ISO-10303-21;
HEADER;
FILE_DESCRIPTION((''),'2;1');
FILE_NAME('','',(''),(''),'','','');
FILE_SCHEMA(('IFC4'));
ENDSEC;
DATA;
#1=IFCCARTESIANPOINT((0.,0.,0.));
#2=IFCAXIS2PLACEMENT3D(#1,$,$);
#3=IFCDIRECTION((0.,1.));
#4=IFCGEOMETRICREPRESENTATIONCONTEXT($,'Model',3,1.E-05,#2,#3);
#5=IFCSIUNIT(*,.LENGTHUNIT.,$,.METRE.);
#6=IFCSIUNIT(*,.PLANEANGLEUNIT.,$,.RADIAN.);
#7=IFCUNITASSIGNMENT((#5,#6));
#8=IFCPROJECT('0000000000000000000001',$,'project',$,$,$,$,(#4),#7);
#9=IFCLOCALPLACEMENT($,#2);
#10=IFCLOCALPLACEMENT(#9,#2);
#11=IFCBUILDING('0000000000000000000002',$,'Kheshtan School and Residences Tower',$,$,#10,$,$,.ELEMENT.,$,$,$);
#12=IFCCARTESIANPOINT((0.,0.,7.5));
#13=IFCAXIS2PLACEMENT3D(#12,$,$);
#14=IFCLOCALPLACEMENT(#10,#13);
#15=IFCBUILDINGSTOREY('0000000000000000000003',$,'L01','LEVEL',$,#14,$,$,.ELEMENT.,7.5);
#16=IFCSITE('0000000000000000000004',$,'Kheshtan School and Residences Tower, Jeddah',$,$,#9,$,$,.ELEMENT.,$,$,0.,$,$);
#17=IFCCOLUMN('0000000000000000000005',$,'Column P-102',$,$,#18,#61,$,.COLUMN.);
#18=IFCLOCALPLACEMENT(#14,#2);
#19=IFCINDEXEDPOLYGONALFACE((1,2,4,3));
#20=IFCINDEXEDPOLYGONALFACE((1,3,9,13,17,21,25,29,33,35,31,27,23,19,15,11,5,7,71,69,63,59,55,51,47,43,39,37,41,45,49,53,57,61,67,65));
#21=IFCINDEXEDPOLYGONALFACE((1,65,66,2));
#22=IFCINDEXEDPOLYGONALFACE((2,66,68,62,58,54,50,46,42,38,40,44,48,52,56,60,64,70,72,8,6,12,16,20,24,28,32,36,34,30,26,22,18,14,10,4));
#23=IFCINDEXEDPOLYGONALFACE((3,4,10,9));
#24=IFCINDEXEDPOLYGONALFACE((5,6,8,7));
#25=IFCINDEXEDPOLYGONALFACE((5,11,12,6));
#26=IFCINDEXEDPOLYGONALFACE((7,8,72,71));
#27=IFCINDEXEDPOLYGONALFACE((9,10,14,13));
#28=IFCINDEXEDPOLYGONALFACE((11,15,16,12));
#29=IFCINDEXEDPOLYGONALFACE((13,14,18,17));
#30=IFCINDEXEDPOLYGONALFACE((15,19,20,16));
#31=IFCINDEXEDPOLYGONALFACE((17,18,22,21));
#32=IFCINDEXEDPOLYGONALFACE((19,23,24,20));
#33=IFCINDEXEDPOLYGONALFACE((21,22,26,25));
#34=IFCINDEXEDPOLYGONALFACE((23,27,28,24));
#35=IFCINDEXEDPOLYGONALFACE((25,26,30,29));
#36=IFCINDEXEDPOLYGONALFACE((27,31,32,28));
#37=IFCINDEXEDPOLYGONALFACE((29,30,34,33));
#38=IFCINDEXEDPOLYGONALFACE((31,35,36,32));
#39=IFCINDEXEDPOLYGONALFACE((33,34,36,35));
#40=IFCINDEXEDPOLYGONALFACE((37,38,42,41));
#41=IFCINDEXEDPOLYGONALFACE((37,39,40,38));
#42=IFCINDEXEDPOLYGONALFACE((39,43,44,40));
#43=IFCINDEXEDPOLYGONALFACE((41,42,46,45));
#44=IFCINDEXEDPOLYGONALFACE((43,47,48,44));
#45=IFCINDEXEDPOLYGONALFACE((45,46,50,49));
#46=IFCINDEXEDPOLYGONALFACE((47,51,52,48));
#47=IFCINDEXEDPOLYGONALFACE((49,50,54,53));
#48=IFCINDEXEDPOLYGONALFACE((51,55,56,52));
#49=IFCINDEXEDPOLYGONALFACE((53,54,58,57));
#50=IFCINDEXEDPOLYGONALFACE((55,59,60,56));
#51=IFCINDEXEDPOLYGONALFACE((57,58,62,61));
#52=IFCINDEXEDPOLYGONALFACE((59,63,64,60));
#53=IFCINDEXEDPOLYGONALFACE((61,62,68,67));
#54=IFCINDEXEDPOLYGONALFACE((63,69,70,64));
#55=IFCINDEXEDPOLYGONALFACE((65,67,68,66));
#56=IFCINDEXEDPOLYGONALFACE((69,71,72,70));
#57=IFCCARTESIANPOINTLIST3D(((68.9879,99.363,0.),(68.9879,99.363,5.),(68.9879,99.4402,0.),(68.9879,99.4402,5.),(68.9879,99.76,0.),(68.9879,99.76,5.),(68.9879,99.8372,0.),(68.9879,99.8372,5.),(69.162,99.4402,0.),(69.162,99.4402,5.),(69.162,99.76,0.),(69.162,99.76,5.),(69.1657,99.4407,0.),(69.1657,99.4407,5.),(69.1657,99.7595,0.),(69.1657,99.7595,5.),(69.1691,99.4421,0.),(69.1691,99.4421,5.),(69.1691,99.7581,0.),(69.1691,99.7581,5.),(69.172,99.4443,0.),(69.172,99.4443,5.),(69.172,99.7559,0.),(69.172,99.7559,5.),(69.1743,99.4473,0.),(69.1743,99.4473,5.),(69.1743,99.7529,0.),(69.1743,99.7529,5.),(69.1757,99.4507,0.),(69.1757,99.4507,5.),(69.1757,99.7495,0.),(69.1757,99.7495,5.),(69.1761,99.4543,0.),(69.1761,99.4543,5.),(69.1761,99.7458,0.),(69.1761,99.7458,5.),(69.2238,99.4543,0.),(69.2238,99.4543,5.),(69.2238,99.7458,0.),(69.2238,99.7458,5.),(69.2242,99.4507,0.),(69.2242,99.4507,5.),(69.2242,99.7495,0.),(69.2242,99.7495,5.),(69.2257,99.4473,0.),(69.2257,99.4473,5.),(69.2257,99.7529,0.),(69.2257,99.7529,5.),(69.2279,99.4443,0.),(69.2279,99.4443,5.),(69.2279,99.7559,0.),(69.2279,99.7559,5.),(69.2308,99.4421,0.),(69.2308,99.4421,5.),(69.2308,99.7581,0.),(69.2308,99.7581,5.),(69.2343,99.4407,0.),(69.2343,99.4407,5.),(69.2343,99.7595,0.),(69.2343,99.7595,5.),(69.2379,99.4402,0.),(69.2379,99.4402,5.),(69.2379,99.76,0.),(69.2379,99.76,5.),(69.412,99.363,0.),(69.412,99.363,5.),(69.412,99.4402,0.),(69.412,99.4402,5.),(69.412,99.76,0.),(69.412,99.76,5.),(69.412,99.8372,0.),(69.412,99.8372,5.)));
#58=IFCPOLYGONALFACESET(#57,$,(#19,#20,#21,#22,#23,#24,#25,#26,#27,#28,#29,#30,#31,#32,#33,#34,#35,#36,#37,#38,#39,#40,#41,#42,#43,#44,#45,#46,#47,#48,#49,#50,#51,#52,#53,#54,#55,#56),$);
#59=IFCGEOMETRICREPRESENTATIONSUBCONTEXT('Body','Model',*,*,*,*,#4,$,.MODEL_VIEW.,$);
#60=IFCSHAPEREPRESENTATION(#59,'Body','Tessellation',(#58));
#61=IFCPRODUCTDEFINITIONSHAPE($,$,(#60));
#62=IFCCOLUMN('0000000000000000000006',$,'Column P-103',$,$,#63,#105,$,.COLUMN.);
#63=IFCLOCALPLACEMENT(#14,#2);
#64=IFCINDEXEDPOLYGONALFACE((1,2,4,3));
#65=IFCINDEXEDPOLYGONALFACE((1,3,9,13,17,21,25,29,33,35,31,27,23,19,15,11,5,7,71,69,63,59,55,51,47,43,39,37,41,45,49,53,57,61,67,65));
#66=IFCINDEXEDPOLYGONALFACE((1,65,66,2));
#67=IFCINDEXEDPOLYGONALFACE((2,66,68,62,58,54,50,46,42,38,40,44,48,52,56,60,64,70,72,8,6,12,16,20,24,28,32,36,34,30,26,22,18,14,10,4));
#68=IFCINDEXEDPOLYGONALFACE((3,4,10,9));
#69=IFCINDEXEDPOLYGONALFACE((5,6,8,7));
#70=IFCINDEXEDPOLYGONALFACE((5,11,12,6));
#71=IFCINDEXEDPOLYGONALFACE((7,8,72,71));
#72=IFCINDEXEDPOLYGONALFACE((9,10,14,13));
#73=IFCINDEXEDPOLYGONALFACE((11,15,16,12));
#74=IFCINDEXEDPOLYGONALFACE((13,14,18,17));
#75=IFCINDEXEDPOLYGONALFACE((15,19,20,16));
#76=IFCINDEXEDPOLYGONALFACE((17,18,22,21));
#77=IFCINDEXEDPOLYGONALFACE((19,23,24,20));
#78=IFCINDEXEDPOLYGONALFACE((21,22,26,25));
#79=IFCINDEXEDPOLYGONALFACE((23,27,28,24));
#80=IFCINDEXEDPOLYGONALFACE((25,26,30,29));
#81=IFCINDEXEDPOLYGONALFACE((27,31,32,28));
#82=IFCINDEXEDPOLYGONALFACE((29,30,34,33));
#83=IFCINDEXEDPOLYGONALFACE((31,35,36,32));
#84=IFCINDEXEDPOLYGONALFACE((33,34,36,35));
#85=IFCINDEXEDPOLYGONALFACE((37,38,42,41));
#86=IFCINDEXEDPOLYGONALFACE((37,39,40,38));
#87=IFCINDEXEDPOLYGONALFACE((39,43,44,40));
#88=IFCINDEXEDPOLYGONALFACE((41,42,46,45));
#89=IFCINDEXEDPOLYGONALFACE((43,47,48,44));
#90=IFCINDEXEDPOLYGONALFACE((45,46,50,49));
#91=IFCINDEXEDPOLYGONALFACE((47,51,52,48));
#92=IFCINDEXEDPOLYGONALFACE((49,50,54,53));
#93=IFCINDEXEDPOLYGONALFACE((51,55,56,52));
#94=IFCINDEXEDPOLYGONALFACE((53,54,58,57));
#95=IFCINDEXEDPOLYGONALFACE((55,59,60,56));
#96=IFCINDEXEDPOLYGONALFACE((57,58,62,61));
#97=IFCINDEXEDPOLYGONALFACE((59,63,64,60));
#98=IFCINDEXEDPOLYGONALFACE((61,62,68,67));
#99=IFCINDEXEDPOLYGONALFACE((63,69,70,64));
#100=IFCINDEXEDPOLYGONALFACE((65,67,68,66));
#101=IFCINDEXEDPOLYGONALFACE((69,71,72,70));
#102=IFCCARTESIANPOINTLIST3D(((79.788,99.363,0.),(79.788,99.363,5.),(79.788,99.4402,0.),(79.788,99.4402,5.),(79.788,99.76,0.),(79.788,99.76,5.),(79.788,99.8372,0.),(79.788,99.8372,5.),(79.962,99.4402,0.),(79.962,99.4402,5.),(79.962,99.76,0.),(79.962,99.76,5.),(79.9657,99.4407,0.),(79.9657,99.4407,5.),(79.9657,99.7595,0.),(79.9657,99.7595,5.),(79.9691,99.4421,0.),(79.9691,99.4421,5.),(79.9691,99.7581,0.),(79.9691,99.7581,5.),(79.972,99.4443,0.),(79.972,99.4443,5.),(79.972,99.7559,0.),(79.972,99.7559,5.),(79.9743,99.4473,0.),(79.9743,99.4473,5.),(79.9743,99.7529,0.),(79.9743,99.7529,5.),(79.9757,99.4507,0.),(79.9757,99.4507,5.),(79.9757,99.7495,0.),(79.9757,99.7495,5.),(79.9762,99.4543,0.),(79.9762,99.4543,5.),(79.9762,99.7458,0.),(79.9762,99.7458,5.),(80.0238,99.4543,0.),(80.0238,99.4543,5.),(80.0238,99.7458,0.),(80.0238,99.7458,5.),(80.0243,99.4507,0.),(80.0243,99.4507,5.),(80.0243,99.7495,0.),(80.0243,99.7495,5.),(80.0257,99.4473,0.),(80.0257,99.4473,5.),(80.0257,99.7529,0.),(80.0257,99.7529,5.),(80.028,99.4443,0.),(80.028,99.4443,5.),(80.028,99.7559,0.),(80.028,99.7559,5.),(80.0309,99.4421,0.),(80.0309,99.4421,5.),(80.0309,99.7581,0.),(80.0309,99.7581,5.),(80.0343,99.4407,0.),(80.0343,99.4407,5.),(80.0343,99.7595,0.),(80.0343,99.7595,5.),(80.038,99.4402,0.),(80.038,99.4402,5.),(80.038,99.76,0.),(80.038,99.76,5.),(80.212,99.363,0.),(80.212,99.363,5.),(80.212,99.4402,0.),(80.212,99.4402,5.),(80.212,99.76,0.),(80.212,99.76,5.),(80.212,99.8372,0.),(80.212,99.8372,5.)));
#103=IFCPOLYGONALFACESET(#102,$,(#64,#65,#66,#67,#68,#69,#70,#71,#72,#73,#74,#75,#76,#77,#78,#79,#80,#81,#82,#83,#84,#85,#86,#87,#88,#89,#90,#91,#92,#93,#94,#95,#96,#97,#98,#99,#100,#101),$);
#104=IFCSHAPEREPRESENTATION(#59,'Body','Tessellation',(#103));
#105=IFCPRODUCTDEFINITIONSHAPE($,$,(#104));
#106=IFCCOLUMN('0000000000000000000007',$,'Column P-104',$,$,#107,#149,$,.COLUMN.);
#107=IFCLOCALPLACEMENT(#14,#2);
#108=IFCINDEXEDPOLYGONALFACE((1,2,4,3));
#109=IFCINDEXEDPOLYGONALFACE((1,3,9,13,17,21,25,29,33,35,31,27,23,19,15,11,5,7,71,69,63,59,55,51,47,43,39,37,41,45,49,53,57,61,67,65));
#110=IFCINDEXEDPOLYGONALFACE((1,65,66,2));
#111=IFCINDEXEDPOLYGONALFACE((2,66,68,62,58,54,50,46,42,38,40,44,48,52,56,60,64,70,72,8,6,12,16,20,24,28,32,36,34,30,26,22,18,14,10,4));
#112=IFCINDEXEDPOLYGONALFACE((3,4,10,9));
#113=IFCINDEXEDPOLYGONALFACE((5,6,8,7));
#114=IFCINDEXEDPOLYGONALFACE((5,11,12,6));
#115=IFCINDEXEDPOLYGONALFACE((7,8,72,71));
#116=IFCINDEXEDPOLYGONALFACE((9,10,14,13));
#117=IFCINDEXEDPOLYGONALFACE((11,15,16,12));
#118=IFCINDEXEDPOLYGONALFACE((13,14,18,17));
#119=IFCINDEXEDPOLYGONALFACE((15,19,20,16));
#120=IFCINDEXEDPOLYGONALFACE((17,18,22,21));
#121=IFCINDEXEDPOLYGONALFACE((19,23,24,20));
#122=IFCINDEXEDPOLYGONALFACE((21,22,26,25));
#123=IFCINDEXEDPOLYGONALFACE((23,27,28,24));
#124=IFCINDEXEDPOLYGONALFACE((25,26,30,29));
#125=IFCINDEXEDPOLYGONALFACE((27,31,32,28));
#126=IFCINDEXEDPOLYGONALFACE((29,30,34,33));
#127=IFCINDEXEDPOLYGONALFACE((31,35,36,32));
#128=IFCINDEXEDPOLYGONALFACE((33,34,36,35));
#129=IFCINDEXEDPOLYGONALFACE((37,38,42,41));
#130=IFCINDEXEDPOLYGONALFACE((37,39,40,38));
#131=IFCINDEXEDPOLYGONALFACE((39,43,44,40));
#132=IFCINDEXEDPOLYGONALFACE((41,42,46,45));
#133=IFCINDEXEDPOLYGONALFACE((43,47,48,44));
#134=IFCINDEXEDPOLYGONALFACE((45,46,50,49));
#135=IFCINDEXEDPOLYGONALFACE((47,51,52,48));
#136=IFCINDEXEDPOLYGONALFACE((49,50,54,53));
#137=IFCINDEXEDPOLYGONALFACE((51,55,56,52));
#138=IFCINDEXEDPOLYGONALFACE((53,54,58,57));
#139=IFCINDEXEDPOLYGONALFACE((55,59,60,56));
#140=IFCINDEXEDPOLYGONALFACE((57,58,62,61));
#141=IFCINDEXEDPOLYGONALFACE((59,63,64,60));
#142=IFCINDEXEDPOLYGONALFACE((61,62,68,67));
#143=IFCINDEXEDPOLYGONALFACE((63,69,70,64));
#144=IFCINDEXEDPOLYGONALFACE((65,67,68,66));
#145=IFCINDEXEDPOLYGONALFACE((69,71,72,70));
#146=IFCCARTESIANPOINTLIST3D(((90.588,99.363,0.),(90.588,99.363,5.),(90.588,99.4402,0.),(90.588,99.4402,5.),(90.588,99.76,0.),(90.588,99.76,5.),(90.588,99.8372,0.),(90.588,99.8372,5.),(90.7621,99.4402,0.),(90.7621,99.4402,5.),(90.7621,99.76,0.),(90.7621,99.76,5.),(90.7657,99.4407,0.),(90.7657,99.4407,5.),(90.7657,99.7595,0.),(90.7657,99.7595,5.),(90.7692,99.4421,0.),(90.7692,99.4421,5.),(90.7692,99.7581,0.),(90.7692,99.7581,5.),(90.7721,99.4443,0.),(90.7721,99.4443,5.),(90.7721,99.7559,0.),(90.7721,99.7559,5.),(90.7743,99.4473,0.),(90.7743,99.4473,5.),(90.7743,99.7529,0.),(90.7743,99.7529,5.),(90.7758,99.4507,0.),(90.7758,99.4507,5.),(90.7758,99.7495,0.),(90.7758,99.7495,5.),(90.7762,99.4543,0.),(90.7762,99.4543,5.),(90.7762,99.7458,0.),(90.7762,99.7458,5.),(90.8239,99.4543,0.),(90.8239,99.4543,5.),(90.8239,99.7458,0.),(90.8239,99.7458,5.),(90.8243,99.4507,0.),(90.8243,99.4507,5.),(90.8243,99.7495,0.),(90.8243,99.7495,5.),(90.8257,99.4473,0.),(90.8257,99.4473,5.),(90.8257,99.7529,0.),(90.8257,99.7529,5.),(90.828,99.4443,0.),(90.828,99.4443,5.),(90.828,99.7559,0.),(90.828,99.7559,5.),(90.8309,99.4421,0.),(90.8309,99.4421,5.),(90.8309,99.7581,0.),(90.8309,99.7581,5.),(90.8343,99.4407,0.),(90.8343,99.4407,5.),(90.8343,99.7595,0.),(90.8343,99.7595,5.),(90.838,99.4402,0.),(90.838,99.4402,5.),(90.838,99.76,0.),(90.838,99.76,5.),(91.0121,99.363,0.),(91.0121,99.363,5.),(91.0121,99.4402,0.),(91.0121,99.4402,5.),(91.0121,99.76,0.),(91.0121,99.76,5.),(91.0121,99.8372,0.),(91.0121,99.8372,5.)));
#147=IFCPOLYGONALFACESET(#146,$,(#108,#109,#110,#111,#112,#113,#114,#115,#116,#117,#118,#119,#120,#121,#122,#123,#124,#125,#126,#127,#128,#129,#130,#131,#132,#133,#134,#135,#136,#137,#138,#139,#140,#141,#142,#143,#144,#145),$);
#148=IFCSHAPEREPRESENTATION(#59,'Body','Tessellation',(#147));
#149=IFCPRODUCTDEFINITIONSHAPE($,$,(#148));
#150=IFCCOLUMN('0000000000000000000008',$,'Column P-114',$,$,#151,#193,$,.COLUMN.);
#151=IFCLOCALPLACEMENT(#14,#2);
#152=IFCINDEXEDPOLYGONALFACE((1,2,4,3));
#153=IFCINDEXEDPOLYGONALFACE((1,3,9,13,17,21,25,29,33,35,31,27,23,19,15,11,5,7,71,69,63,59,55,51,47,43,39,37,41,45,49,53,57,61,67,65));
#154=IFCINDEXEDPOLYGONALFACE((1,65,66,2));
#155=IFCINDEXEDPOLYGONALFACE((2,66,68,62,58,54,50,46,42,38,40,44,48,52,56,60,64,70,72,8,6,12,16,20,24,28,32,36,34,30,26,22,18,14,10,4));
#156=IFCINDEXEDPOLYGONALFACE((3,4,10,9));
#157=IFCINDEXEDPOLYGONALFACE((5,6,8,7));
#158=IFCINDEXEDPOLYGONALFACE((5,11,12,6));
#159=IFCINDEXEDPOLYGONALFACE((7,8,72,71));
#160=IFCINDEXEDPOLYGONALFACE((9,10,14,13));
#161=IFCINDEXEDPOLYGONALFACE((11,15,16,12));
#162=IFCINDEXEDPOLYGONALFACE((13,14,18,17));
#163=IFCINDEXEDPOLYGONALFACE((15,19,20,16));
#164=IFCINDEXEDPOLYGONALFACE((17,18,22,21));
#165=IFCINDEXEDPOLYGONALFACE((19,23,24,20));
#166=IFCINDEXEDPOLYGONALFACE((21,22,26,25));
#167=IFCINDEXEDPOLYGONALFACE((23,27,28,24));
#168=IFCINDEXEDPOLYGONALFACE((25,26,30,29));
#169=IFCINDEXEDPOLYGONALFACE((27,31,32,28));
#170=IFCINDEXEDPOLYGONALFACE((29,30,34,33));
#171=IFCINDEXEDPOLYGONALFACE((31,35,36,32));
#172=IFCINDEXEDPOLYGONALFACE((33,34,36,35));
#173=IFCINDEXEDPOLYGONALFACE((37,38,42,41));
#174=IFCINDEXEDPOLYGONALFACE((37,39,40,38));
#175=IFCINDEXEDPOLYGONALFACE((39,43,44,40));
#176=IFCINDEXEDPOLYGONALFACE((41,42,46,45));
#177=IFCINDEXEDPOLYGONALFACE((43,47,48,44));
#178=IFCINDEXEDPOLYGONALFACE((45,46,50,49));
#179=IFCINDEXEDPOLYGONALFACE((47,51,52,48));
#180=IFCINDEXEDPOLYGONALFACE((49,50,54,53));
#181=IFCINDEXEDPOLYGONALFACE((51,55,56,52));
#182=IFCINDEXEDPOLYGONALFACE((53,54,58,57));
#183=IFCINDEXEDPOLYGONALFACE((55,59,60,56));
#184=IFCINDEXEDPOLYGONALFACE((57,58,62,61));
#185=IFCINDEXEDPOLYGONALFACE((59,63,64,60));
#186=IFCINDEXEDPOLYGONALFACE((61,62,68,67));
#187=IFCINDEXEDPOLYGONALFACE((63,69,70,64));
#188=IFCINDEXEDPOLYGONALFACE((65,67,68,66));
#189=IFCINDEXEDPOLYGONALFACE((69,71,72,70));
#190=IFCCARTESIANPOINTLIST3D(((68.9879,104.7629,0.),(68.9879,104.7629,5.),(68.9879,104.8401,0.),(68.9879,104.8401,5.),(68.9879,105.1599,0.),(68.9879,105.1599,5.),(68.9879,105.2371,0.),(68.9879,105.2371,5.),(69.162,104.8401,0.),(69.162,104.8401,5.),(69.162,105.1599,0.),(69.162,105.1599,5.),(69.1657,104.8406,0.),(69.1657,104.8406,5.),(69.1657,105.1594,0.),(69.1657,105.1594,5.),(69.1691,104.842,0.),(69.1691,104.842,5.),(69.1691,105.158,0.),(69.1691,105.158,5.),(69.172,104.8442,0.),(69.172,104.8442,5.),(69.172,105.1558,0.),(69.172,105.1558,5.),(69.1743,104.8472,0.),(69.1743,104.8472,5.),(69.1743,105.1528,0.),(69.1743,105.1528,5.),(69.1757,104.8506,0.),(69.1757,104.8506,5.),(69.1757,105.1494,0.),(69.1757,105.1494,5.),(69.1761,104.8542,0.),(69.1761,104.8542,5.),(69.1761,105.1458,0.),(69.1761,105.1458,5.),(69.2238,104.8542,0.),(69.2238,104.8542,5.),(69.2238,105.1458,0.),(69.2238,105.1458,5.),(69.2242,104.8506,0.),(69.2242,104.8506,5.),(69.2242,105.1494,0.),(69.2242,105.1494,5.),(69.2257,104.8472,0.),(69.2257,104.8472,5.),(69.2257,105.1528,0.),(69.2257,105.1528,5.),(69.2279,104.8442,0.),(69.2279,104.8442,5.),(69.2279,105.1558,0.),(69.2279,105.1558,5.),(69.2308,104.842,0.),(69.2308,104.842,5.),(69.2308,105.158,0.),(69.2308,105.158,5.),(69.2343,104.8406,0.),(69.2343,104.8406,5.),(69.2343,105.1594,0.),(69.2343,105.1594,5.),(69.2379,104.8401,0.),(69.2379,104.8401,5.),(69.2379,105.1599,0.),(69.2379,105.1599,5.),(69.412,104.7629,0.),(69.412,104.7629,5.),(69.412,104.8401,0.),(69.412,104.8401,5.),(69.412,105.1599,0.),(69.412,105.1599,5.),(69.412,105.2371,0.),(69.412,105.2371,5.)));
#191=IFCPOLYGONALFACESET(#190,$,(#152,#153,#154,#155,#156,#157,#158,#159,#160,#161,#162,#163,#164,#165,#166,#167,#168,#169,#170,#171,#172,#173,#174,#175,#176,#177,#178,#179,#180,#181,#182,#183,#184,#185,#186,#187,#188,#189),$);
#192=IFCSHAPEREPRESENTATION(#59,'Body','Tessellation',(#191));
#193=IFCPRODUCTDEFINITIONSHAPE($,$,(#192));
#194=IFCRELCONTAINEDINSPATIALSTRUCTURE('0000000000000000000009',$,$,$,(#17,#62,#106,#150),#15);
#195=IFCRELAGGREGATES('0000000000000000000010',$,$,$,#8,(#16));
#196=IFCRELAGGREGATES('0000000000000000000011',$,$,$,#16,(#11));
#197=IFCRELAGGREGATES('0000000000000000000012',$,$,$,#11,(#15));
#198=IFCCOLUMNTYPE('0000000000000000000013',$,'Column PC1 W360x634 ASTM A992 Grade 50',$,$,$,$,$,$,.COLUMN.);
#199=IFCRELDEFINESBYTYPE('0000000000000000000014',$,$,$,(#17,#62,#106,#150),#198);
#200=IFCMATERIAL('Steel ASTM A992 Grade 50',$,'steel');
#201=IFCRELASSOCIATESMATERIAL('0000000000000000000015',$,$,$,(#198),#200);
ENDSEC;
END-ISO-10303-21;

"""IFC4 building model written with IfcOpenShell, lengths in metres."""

from ifc_helpers import new_model, si_unit, direction, frame, origin, origin_2d, place, context, subcontext, project, spatial, i_section, extrude, material, material_profile, profile_set, type_object, element, save


model = new_model("IFC4")

# Units and contexts
model_context = context("Model", 3, precision=1e-05, world=origin(), true_north=direction((0.0, 1.0)))
body_context = subcontext(model_context, "Body", "Model", "MODEL_VIEW")
ifc_project = project(units=[si_unit("LENGTHUNIT", "METRE"), si_unit("PLANEANGLEUNIT", "RADIAN")], contexts=[model_context])

# Site, building, storey
site_placement = place(None, origin())
site = spatial("IfcSite", under=ifc_project, at=site_placement, Name="Kheshtan School and Residences Tower, Jeddah", CompositionType="ELEMENT", RefElevation=0.0)
building_placement = place(site_placement, origin())
building = spatial("IfcBuilding", under=site, at=building_placement, Name="Kheshtan School and Residences Tower", CompositionType="ELEMENT")
storey_placement = place(building_placement, frame((0.0, 0.0, 7.5)))
storey = spatial("IfcBuildingStorey", under=building, at=storey_placement, Name="L01", Description="LEVEL", CompositionType="ELEMENT", Elevation=7.5)

# Columns
ifc_material_1 = material(Name="Steel ASTM A992 Grade 50", Category="steel")
ifc_material_profile_1 = material_profile(ifc_material_1, i_section(OverallWidth=0.4241, OverallDepth=0.4741, WebThickness=0.0476, FlangeThickness=0.0771, FilletRadius=0.0142, at=origin_2d()), Name="W360x634")
ifc_profile_set_1 = profile_set([ifc_material_profile_1], Name="Steel ASTM A992 Grade 50")
column_type = type_object("IfcColumnType", Name="Column PC1 W360x634 ASTM A992 Grade 50", PredefinedType="COLUMN", material=ifc_profile_set_1)
for number, where, z_axis, x_axis, name in (
    (1, (69.2, 99.6001, 0.0), (0.0, 0.0, 1.0), (1.0, 0.0, 0.0), "Column P-102"),
    (2, (80.0, 99.6001, 0.0), (0.0, 0.0, 1.0), (1.0, 0.0, 0.0), "Column P-103"),
    (3, (90.8, 99.6001, 0.0), (0.0, 0.0, 1.0), (1.0, 0.0, 0.0), "Column P-104"),
    (4, (69.2, 105.0, 0.0), (0.0, 0.0, 1.0), (1.0, 0.0, 0.0), "Column P-114"),
):
    element("IfcColumn", number, at=place(storey_placement, frame(where, z_axis=z_axis, x_axis=x_axis)), inside=storey, type_object=column_type, Name=name, PredefinedType="COLUMN", context=body_context, shape_type="SweptSolid", body=[
        extrude(i_section(OverallWidth=0.4241, OverallDepth=0.4741, WebThickness=0.0476, FlangeThickness=0.0771, FilletRadius=0.0142, at=origin_2d()), origin(), (0.0, 0.0, 1.0), 5.0),
    ])

save(model, "model.ifc")
